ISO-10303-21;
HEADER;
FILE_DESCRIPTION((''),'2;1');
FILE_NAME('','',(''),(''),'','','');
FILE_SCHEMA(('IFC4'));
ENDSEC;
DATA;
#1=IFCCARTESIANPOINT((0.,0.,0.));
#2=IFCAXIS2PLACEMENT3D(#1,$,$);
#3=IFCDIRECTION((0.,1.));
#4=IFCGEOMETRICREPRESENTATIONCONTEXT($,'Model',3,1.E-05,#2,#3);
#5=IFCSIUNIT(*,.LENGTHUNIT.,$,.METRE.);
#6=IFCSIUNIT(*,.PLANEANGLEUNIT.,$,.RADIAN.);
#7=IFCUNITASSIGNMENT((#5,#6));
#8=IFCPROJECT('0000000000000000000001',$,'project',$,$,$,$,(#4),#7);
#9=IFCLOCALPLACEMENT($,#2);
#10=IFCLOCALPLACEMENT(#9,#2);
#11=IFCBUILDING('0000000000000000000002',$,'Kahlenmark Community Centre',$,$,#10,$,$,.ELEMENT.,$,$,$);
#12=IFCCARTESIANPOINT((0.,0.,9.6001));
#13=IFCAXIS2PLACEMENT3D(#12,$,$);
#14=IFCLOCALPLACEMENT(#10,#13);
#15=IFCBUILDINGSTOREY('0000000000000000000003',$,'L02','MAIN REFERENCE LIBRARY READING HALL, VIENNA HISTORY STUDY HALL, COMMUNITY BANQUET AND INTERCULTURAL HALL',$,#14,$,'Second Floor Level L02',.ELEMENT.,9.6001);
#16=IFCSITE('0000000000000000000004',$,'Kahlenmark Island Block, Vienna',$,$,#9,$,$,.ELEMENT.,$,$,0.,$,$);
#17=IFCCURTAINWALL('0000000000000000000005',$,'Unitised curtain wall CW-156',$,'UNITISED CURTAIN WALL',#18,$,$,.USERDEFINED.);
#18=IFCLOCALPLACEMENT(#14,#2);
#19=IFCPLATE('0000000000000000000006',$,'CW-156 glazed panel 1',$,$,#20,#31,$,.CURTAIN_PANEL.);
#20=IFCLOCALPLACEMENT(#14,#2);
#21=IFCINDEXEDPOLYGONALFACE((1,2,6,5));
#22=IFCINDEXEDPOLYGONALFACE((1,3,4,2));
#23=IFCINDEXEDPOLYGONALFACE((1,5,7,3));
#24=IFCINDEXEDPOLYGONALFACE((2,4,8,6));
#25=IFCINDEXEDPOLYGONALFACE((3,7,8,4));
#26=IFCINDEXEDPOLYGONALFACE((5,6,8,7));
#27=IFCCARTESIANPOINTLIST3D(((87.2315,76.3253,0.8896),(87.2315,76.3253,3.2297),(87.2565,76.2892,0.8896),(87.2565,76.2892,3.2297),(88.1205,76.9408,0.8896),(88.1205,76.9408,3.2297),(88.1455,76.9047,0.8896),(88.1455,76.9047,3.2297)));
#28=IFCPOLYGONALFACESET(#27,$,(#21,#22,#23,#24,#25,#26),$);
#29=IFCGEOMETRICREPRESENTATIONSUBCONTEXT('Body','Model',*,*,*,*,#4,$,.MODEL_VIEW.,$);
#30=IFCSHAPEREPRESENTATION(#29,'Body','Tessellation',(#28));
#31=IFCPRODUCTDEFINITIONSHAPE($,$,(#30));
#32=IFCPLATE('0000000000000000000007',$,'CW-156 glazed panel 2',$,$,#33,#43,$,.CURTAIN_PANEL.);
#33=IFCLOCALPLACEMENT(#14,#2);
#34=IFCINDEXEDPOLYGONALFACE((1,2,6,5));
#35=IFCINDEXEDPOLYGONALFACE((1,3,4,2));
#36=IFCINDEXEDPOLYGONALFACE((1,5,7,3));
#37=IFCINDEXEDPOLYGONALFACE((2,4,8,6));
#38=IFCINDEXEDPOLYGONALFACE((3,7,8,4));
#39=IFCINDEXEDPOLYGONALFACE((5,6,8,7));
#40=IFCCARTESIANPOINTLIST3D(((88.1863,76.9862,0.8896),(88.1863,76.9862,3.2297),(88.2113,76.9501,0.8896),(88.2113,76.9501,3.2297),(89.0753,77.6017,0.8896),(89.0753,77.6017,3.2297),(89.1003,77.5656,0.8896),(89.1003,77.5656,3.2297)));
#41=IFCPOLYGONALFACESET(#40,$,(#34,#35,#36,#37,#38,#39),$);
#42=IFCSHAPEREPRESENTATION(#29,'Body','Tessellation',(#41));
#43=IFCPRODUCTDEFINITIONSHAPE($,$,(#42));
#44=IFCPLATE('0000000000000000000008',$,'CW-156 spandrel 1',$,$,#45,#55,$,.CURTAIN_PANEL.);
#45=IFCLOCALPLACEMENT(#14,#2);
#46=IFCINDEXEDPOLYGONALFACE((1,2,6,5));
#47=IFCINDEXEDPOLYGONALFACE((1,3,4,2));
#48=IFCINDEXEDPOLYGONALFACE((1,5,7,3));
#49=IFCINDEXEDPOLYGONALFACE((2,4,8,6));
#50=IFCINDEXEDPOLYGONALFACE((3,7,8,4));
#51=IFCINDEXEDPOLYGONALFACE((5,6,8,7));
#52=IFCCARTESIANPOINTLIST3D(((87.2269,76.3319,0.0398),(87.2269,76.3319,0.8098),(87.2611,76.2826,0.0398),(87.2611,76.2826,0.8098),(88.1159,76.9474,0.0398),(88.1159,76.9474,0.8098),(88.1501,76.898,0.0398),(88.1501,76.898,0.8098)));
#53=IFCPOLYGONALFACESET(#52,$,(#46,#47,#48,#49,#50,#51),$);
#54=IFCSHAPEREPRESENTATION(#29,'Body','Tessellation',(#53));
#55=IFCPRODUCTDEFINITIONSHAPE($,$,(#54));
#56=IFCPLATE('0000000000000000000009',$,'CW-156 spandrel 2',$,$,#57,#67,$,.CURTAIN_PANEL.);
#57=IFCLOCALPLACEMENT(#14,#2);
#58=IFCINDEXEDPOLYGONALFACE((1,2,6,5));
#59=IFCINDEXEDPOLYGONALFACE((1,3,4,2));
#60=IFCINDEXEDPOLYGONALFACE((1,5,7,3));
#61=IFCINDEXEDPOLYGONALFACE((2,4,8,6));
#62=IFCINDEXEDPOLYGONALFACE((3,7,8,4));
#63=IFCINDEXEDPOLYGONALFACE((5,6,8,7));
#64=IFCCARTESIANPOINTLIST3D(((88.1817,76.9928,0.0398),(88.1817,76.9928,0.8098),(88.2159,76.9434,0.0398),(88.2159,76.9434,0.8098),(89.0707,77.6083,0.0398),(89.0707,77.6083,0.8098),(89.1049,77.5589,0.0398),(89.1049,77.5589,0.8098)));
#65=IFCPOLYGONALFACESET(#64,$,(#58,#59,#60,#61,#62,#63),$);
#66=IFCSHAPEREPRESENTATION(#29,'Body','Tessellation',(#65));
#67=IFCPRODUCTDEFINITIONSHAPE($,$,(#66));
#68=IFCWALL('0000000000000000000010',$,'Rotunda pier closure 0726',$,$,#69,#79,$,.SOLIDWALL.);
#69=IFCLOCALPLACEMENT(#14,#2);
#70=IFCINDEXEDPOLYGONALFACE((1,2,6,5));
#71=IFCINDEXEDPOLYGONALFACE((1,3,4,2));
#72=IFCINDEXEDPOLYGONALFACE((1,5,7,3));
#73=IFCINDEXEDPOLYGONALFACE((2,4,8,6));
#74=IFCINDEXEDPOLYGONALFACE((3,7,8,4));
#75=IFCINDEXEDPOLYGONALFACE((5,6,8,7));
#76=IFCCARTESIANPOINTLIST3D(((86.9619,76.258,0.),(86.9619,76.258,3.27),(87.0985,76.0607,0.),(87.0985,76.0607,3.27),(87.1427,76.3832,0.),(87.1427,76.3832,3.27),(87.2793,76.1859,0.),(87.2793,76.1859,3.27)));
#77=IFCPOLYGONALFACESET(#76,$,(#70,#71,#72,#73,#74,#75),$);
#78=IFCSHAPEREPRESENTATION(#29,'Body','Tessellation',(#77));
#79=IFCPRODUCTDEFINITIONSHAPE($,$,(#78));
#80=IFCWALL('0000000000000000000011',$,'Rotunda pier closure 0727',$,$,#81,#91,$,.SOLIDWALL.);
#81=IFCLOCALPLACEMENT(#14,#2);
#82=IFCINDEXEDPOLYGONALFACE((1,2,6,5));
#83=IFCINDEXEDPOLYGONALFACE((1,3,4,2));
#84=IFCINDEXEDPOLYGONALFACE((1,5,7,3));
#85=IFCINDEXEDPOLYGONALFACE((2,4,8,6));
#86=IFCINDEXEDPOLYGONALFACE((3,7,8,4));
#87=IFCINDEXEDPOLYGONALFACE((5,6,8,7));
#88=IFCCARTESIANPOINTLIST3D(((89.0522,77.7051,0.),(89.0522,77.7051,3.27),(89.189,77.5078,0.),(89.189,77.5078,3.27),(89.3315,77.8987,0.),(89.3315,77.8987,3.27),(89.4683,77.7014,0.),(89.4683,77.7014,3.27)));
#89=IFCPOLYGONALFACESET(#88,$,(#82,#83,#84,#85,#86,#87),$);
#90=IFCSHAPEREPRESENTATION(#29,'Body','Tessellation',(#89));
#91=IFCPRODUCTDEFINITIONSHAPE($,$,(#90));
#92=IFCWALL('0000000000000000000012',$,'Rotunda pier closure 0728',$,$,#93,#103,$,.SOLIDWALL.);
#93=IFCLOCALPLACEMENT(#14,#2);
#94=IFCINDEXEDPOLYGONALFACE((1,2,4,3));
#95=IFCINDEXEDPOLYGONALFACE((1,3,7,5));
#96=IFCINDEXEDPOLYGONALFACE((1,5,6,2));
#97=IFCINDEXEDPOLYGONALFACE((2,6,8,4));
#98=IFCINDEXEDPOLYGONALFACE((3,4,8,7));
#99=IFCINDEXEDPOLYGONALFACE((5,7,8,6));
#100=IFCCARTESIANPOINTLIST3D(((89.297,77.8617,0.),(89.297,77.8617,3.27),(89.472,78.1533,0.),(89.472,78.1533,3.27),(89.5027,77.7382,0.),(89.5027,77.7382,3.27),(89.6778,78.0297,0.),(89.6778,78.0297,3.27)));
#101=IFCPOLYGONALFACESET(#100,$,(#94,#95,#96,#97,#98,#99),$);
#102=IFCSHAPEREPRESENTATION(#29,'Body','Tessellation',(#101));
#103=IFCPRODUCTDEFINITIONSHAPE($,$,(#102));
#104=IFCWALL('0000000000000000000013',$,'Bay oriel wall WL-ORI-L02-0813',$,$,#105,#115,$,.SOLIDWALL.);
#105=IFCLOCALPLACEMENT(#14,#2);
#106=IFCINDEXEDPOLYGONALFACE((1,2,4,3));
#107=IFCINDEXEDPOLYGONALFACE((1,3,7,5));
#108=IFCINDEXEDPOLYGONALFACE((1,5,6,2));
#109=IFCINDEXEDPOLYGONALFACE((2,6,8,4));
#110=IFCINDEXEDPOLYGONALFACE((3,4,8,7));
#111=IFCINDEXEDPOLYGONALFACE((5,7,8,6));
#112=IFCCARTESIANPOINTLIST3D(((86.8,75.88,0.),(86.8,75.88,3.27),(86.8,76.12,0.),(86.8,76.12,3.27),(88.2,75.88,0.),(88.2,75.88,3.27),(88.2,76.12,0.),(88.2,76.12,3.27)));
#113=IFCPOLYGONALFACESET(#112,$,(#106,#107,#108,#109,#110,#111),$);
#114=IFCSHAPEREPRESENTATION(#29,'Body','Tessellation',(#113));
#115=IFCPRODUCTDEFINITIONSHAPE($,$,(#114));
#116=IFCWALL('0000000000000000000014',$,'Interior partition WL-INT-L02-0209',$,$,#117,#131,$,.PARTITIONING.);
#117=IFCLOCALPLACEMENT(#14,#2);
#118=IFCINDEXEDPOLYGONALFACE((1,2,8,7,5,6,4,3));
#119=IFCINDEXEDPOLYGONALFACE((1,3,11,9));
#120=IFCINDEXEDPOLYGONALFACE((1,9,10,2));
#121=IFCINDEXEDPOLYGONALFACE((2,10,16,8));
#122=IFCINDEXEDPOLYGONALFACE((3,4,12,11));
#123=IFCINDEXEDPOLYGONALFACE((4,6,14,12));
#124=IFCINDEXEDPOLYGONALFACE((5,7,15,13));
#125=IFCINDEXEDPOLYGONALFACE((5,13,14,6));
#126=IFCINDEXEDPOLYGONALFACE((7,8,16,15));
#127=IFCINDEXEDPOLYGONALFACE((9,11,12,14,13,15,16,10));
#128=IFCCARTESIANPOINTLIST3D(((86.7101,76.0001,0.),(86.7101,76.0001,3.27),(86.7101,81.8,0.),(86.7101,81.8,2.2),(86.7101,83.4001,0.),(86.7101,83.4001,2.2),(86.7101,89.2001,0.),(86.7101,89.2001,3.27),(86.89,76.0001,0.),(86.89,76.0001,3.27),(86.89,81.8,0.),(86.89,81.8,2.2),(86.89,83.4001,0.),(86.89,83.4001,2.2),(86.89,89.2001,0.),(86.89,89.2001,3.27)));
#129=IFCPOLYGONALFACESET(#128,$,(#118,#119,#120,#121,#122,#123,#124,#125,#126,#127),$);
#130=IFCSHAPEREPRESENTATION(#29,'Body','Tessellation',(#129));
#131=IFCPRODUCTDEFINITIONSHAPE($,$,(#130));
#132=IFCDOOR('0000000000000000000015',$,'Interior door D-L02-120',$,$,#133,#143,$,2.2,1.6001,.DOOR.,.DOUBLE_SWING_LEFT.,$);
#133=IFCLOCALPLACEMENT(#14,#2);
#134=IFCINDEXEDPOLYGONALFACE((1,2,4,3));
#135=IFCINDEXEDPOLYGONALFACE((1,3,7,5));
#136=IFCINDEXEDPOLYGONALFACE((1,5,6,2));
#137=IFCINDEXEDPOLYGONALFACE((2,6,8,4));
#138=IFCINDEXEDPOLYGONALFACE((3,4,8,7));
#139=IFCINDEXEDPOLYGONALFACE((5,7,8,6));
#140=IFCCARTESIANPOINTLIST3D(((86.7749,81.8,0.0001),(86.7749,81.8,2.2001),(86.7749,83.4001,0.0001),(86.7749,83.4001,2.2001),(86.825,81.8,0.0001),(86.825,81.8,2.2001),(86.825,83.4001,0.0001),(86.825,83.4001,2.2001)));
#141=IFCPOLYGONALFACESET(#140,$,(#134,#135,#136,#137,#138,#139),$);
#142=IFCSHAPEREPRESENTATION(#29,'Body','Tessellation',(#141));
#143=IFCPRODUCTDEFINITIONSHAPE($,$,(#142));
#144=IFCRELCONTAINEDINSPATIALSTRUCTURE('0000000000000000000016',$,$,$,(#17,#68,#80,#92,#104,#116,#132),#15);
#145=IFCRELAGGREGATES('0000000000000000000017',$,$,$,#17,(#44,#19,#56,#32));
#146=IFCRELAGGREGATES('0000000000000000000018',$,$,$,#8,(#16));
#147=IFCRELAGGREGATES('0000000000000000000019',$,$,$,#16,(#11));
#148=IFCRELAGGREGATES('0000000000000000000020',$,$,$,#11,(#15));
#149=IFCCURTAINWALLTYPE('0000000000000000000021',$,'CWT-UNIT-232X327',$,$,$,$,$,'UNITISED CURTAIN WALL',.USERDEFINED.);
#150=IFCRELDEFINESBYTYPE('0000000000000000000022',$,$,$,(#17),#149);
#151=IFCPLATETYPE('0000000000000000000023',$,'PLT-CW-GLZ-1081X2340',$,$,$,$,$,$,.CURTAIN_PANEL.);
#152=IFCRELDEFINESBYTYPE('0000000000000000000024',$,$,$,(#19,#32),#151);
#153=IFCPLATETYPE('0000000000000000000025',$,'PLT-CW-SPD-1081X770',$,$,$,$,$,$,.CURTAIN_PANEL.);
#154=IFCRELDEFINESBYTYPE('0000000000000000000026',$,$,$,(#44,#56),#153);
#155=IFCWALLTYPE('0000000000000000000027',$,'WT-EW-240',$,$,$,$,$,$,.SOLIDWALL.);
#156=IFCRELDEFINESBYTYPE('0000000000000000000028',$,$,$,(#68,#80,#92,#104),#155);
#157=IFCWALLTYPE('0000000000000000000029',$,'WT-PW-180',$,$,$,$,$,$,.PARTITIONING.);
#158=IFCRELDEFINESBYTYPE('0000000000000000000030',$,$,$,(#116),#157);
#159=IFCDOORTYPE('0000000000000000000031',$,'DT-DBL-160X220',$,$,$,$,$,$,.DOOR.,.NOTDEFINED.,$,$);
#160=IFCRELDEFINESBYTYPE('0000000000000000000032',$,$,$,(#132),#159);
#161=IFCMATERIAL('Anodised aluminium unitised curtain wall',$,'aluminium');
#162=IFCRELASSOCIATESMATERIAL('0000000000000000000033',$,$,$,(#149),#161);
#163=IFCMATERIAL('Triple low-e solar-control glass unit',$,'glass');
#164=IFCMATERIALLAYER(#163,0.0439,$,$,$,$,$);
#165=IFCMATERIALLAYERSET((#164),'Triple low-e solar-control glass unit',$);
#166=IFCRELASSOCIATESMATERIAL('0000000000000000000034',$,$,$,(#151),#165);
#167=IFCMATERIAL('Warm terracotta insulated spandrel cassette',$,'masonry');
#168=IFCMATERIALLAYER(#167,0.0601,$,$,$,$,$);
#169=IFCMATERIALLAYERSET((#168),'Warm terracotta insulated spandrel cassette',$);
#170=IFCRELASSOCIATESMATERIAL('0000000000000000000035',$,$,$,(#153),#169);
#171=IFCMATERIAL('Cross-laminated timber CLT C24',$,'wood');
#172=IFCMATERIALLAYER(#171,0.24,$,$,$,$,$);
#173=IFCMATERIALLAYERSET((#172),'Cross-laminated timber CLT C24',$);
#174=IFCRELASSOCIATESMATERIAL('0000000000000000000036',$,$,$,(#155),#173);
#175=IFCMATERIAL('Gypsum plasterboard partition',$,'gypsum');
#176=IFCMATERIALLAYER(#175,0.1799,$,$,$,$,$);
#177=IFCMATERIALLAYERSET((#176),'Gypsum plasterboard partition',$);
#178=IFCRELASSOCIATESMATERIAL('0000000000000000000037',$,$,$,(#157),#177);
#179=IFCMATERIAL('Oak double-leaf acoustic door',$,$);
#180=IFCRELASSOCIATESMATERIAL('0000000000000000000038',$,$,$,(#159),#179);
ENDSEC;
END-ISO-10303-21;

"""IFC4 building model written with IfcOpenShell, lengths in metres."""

from ifc_helpers import new_model, si_unit, direction, frame, frame_2d, origin, origin_2d, place, context, subcontext, project, spatial, rectangle, extrude, material, layer, layer_set, type_object, element, fill, aggregate, save


model = new_model("IFC4")

# Units and contexts
model_context = context("Model", 3, precision=1e-05, world=origin(), true_north=direction((0.0, 1.0)))
body_context = subcontext(model_context, "Body", "Model", "MODEL_VIEW")
ifc_project = project(units=[si_unit("LENGTHUNIT", "METRE"), si_unit("PLANEANGLEUNIT", "RADIAN")], contexts=[model_context])

# Site, building, storey
site_placement = place(None, origin())
site = spatial("IfcSite", under=ifc_project, at=site_placement, Name="Kahlenmark Island Block, Vienna", CompositionType="ELEMENT", RefElevation=0.0)
building_placement = place(site_placement, origin())
building = spatial("IfcBuilding", under=site, at=building_placement, Name="Kahlenmark Community Centre", CompositionType="ELEMENT")
storey_placement = place(building_placement, frame((0.0, 0.0, 9.6001)))
storey = spatial("IfcBuildingStorey", under=building, at=storey_placement, Name="L02", Description="MAIN REFERENCE LIBRARY READING HALL, VIENNA HISTORY STUDY HALL, COMMUNITY BANQUET AND INTERCULTURAL HALL", LongName="Second Floor Level L02", CompositionType="ELEMENT", Elevation=9.6001)

# Curtain wall, plates
ifc_material_1 = material(Name="Anodised aluminium unitised curtain wall", Category="aluminium")
curtain_wall_type = type_object("IfcCurtainWallType", Name="CWT-UNIT-232X327", ElementType="UNITISED CURTAIN WALL", PredefinedType="USERDEFINED", material=ifc_material_1)
curtain_wall_placement = place(storey_placement, origin())
curtain_wall = element("IfcCurtainWall", 1, at=curtain_wall_placement, inside=storey, type_object=curtain_wall_type, Name="Unitised curtain wall CW-156", ObjectType="UNITISED CURTAIN WALL", PredefinedType="USERDEFINED")
ifc_material_2 = material(Name="Triple low-e solar-control glass unit", Category="glass")
ifc_layer_1 = layer(ifc_material_2, 0.0439)
ifc_layer_set_1 = layer_set([ifc_layer_1], Name="Triple low-e solar-control glass unit")
plate_type_1 = type_object("IfcPlateType", Name="PLT-CW-GLZ-1081X2340", PredefinedType="CURTAIN_PANEL", material=ifc_layer_set_1)
plate_1_placement = place(storey_placement, frame((87.6885, 76.615, 0.8896), z_axis=(0.0, 0.0, 1.0), x_axis=(0.822191, 0.569212, 0.0)))
plate_1 = element("IfcPlate", 2, at=plate_1_placement, type_object=plate_type_1, Name="CW-156 glazed panel 1", PredefinedType="CURTAIN_PANEL", context=body_context, shape_type="SweptSolid", body=[
    extrude(rectangle(XDim=1.0813, YDim=0.0439, at=origin_2d()), origin(), (0.0, 0.0, 1.0), 2.3401),
])
plate_2_placement = place(storey_placement, frame((88.6433, 77.2759, 0.8896), z_axis=(0.0, 0.0, 1.0), x_axis=(0.822191, 0.569212, 0.0)))
plate_2 = element("IfcPlate", 3, at=plate_2_placement, type_object=plate_type_1, Name="CW-156 glazed panel 2", PredefinedType="CURTAIN_PANEL", context=body_context, shape_type="SweptSolid", body=[
    extrude(rectangle(XDim=1.0813, YDim=0.0439, at=origin_2d()), origin(), (0.0, 0.0, 1.0), 2.3401),
])
ifc_material_3 = material(Name="Warm terracotta insulated spandrel cassette", Category="masonry")
ifc_layer_2 = layer(ifc_material_3, 0.0601)
ifc_layer_set_2 = layer_set([ifc_layer_2], Name="Warm terracotta insulated spandrel cassette")
plate_type_2 = type_object("IfcPlateType", Name="PLT-CW-SPD-1081X770", PredefinedType="CURTAIN_PANEL", material=ifc_layer_set_2)
plate_3_placement = place(storey_placement, frame((87.6885, 76.615, 0.0398), z_axis=(0.0, 0.0, 1.0), x_axis=(0.822191, 0.569212, 0.0)))
plate_3 = element("IfcPlate", 4, at=plate_3_placement, type_object=plate_type_2, Name="CW-156 spandrel 1", PredefinedType="CURTAIN_PANEL", context=body_context, shape_type="SweptSolid", body=[
    extrude(rectangle(XDim=1.0813, YDim=0.0601, at=origin_2d()), origin(), (0.0, 0.0, 1.0), 0.77),
])
plate_4_placement = place(storey_placement, frame((88.6433, 77.2759, 0.0398), z_axis=(0.0, 0.0, 1.0), x_axis=(0.822191, 0.569212, 0.0)))
plate_4 = element("IfcPlate", 5, at=plate_4_placement, type_object=plate_type_2, Name="CW-156 spandrel 2", PredefinedType="CURTAIN_PANEL", context=body_context, shape_type="SweptSolid", body=[
    extrude(rectangle(XDim=1.0813, YDim=0.0601, at=origin_2d()), origin(), (0.0, 0.0, 1.0), 0.77),
])
aggregate(curtain_wall, [plate_3, plate_1, plate_4, plate_2])

# Walls
ifc_material_4 = material(Name="Cross-laminated timber CLT C24", Category="wood")
ifc_layer_3 = layer(ifc_material_4, 0.24)
ifc_layer_set_3 = layer_set([ifc_layer_3], Name="Cross-laminated timber CLT C24")
wall_type_1 = type_object("IfcWallType", Name="WT-EW-240", PredefinedType="SOLIDWALL", material=ifc_layer_set_3)
wall_1_placement = place(storey_placement, frame((87.0303, 76.1594, 0.0), z_axis=(0.0, 0.0, 1.0), x_axis=(0.822192, 0.56921, 0.0)))
element("IfcWall", 6, at=wall_1_placement, inside=storey, type_object=wall_type_1, Name="Rotunda pier closure 0726", PredefinedType="SOLIDWALL", context=body_context, shape_type="SweptSolid", body=[
    extrude(rectangle(XDim=0.22, YDim=0.24, at=frame_2d((0.1099, 0.0))), origin(), (0.0, 0.0, 1.0), 3.27),
])
wall_2_placement = place(storey_placement, frame((89.1206, 77.6064, 0.0), z_axis=(0.0, 0.0, 1.0), x_axis=(0.821856, 0.569696, 0.0)))
element("IfcWall", 7, at=wall_2_placement, inside=storey, type_object=wall_type_1, Name="Rotunda pier closure 0727", PredefinedType="SOLIDWALL", context=body_context, shape_type="SweptSolid", body=[
    extrude(rectangle(XDim=0.3398, YDim=0.24, at=frame_2d((0.1699, 0.0))), origin(), (0.0, 0.0, 1.0), 3.27),
])
wall_3_placement = place(storey_placement, frame((89.3999, 77.8, 0.0), z_axis=(0.0, 0.0, 1.0), x_axis=(0.514812, 0.857303, 0.0)))
element("IfcWall", 8, at=wall_3_placement, inside=storey, type_object=wall_type_1, Name="Rotunda pier closure 0728", PredefinedType="SOLIDWALL", context=body_context, shape_type="SweptSolid", body=[
    extrude(rectangle(XDim=0.3401, YDim=0.24, at=frame_2d((0.1699, 0.0))), origin(), (0.0, 0.0, 1.0), 3.27),
])
wall_4_placement = place(storey_placement, frame((88.2, 76.0, 0.0), z_axis=(0.0, 0.0, 1.0), x_axis=(-1.0, 0.0, 0.0)))
element("IfcWall", 9, at=wall_4_placement, inside=storey, type_object=wall_type_1, Name="Bay oriel wall WL-ORI-L02-0813", PredefinedType="SOLIDWALL", context=body_context, shape_type="SweptSolid", body=[
    extrude(rectangle(XDim=1.3999, YDim=0.24, at=frame_2d((0.7, 0.0))), origin(), (0.0, 0.0, 1.0), 3.27),
])

# Wall, opening, door
ifc_material_5 = material(Name="Gypsum plasterboard partition", Category="gypsum")
ifc_layer_4 = layer(ifc_material_5, 0.1799)
ifc_layer_set_4 = layer_set([ifc_layer_4], Name="Gypsum plasterboard partition")
wall_type_2 = type_object("IfcWallType", Name="WT-PW-180", PredefinedType="PARTITIONING", material=ifc_layer_set_4)
wall_5_placement = place(storey_placement, frame((86.8, 76.0, 0.0), z_axis=(0.0, 0.0, 1.0), x_axis=(0.0, 1.0, 0.0)))
wall_5 = element("IfcWall", 10, at=wall_5_placement, inside=storey, type_object=wall_type_2, Name="Interior partition WL-INT-L02-0209", PredefinedType="PARTITIONING", context=body_context, shape_type="SweptSolid", body=[
    extrude(rectangle(XDim=13.2, YDim=0.1799, at=frame_2d((6.6001, 0.0))), origin(), (0.0, 0.0, 1.0), 3.27),
])
opening_placement = place(wall_5_placement, frame((5.8, 0.0, -0.01)))
opening = element("IfcOpeningElement", 11, at=opening_placement, cuts=wall_5, PredefinedType="OPENING", context=body_context, shape_type="SweptSolid", body=[
    extrude(rectangle(XDim=1.6001, YDim=2.21, at=frame_2d((0.8, 1.105))), frame((0.0, 0.0999, 0.0), z_axis=(0.0, -1.0, 0.0), x_axis=(1.0, 0.0, 0.0)), (0.0, 0.0, 1.0), 0.2),
])
ifc_material_6 = material(Name="Oak double-leaf acoustic door")
door_type = type_object("IfcDoorType", Name="DT-DBL-160X220", OperationType="NOTDEFINED", PredefinedType="DOOR", material=ifc_material_6)
door_placement = place(opening_placement, frame((1.6001, 0.0, 0.01), z_axis=(0.0, 0.0, 1.0), x_axis=(-1.0, 0.0, 0.0)))
door = element("IfcDoor", 12, at=door_placement, inside=storey, type_object=door_type, Name="Interior door D-L02-120", OperationType="DOUBLE_SWING_LEFT", OverallHeight=2.2, OverallWidth=1.6001, PredefinedType="DOOR", context=body_context, shape_type="SweptSolid", body=[
    extrude(rectangle(XDim=1.6001, YDim=2.2, at=frame_2d((0.8, 1.1001))), frame((0.0, 0.0249, 0.0), z_axis=(0.0, -1.0, 0.0), x_axis=(1.0, 0.0, 0.0)), (0.0, 0.0, 1.0), 0.05),
])
fill(opening, door)

save(model, "model.ifc")
